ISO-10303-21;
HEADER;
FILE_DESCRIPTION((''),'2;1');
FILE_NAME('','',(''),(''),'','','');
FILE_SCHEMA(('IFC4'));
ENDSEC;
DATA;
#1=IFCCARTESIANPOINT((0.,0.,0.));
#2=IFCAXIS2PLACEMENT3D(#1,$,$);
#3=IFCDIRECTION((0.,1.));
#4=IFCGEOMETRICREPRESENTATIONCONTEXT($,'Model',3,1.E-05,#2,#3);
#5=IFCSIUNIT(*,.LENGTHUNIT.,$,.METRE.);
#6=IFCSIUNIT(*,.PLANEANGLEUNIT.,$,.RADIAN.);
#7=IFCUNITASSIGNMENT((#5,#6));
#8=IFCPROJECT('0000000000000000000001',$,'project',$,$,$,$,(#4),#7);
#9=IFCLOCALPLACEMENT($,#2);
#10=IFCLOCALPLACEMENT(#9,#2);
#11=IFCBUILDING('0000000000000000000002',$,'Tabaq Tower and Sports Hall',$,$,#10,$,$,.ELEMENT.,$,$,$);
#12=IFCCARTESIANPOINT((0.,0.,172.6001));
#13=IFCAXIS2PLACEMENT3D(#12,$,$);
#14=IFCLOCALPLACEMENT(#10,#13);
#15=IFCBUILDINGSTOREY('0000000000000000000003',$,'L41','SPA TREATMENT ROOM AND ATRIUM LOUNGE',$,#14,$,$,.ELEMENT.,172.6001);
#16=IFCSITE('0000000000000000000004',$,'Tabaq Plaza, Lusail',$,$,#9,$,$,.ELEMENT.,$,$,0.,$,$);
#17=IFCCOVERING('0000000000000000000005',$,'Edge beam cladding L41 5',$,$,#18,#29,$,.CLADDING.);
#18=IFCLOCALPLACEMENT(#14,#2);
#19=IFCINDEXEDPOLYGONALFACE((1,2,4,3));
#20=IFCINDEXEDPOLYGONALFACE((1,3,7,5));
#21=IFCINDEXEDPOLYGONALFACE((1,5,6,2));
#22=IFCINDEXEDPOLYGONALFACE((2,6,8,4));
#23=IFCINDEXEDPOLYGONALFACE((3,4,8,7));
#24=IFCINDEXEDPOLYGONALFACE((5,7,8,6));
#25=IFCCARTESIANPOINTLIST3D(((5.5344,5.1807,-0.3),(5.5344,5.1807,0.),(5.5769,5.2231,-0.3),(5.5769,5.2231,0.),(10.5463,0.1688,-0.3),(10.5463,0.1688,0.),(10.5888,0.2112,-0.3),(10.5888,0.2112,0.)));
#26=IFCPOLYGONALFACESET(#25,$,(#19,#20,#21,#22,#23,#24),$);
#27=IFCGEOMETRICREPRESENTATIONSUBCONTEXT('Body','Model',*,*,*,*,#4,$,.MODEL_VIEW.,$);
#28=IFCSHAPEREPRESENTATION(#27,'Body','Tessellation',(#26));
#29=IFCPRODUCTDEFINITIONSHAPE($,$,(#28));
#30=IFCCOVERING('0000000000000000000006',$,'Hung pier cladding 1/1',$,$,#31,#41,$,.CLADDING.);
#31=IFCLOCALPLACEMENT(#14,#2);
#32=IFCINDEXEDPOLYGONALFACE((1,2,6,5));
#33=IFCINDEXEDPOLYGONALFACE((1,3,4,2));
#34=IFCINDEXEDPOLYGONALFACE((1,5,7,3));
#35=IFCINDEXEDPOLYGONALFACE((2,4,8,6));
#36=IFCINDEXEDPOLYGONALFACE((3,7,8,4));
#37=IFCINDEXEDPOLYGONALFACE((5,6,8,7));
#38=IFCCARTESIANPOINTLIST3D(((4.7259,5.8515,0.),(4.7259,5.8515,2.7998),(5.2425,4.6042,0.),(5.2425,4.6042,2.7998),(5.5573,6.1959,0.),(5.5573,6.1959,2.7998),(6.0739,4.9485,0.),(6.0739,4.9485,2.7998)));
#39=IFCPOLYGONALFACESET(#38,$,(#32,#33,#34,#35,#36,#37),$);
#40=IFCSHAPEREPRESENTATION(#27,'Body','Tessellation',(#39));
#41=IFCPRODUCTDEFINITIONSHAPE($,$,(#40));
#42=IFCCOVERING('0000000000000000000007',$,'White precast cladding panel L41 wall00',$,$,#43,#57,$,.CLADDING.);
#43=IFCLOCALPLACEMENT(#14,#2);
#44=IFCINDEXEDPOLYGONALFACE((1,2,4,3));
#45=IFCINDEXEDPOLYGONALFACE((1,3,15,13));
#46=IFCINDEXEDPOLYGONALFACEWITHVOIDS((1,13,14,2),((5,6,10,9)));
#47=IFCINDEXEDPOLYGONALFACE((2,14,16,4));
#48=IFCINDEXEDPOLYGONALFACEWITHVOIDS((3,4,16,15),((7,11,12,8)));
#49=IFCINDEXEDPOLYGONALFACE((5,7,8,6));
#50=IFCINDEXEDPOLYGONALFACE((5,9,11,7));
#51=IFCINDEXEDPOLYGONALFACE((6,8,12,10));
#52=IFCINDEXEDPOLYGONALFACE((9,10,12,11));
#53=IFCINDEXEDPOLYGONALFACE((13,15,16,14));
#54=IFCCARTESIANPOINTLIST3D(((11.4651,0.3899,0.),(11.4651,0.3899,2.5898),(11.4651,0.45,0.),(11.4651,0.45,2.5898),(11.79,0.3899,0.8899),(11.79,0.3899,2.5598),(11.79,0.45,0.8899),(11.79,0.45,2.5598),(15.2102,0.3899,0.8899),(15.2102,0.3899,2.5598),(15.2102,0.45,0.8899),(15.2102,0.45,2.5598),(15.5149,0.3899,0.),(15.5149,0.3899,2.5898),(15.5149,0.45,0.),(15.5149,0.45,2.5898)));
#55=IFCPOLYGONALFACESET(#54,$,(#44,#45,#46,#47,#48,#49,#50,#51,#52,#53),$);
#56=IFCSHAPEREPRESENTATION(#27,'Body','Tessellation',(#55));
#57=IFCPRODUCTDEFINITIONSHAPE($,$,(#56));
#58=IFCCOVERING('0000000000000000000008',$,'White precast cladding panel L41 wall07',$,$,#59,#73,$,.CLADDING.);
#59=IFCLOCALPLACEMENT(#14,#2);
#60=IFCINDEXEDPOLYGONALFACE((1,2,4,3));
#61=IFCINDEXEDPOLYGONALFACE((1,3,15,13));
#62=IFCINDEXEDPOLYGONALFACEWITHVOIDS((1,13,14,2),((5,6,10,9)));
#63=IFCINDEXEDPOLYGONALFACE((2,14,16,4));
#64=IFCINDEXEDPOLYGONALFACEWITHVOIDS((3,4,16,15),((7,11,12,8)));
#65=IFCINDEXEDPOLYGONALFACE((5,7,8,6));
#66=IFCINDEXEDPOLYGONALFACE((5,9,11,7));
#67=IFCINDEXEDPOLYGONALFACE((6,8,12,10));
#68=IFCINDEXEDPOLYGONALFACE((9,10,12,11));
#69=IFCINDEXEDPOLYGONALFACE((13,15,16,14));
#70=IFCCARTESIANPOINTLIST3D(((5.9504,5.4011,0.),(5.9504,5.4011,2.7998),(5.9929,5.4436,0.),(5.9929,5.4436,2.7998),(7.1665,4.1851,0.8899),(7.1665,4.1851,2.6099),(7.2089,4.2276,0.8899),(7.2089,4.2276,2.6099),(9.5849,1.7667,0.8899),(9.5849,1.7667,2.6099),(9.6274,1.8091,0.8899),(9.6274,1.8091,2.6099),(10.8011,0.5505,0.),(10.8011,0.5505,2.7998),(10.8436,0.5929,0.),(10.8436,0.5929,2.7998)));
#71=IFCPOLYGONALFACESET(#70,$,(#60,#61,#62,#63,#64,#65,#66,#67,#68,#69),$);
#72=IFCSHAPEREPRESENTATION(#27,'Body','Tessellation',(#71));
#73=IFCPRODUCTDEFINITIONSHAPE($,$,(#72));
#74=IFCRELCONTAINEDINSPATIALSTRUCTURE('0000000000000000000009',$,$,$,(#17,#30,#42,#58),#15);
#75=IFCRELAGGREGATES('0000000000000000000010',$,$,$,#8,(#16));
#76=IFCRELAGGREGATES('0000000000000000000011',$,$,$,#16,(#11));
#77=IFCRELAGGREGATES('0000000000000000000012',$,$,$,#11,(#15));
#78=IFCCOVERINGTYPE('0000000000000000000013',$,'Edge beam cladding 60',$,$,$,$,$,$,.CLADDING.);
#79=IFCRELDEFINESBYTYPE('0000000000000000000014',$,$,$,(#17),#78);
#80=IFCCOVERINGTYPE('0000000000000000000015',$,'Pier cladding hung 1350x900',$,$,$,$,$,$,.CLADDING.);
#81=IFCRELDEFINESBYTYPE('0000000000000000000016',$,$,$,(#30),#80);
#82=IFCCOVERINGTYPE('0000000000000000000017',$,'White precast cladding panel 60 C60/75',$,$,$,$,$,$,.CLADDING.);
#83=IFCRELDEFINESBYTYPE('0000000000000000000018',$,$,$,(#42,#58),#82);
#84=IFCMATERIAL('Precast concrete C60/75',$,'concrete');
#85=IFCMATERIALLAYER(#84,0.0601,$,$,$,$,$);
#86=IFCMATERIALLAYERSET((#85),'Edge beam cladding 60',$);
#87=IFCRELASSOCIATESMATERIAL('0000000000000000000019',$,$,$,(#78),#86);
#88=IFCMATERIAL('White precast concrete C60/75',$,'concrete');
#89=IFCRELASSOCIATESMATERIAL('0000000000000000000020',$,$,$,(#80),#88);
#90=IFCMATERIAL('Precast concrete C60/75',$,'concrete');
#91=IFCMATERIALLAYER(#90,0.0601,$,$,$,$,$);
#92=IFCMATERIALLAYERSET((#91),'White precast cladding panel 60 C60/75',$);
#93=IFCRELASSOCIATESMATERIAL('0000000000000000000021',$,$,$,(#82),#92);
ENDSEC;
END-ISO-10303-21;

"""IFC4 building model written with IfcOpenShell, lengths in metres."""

from ifc_helpers import new_model, si_unit, direction, frame, frame_2d, origin, place, context, subcontext, project, spatial, polyline, rectangle, outline, extrude, material, layer, layer_set, type_object, element, save


model = new_model("IFC4")

# Units and contexts
model_context = context("Model", 3, precision=1e-05, world=origin(), true_north=direction((0.0, 1.0)))
body_context = subcontext(model_context, "Body", "Model", "MODEL_VIEW")
ifc_project = project(units=[si_unit("LENGTHUNIT", "METRE"), si_unit("PLANEANGLEUNIT", "RADIAN")], contexts=[model_context])

# Site, building, storey
site_placement = place(None, origin())
site = spatial("IfcSite", under=ifc_project, at=site_placement, Name="Tabaq Plaza, Lusail", CompositionType="ELEMENT", RefElevation=0.0)
building_placement = place(site_placement, origin())
building = spatial("IfcBuilding", under=site, at=building_placement, Name="Tabaq Tower and Sports Hall", CompositionType="ELEMENT")
storey_placement = place(building_placement, frame((0.0, 0.0, 172.6001)))
storey = spatial("IfcBuildingStorey", under=building, at=storey_placement, Name="L41", Description="SPA TREATMENT ROOM AND ATRIUM LOUNGE", CompositionType="ELEMENT", Elevation=172.6001)

# Coverings
ifc_material_1 = material(Name="Precast concrete C60/75", Category="concrete")
ifc_layer_1 = layer(ifc_material_1, 0.0601)
ifc_layer_set_1 = layer_set([ifc_layer_1], Name="Edge beam cladding 60")
covering_type_1 = type_object("IfcCoveringType", Name="Edge beam cladding 60", PredefinedType="CLADDING", material=ifc_layer_set_1)
covering_1_placement = place(storey_placement, frame((5.5557, 5.2019, -0.3), z_axis=(0.0, 0.0, 1.0), x_axis=(0.707107, -0.707107, 0.0)))
element("IfcCovering", 1, at=covering_1_placement, inside=storey, type_object=covering_type_1, Name="Edge beam cladding L41 5", PredefinedType="CLADDING", context=body_context, shape_type="SweptSolid", body=[
    extrude(rectangle(XDim=7.0879, YDim=0.0601, at=frame_2d((3.5439, 0.0))), origin(), (0.0, 0.0, 1.0), 0.3),
])
ifc_material_2 = material(Name="White precast concrete C60/75", Category="concrete")
covering_type_2 = type_object("IfcCoveringType", Name="Pier cladding hung 1350x900", PredefinedType="CLADDING", material=ifc_material_2)
covering_2_placement = place(storey_placement, frame((5.1416, 6.0237, 0.0), z_axis=(0.0, 0.0, 1.0), x_axis=(0.38265, -0.923893, 0.0)))
element("IfcCovering", 2, at=covering_2_placement, inside=storey, type_object=covering_type_2, Name="Hung pier cladding 1/1", PredefinedType="CLADDING", context=body_context, shape_type="SweptSolid", body=[
    extrude(rectangle(XDim=1.3501, YDim=0.8999, at=frame_2d((0.675, 0.0))), origin(), (0.0, 0.0, 1.0), 2.7998),
])
ifc_material_3 = material(Name="Precast concrete C60/75", Category="concrete")
ifc_layer_2 = layer(ifc_material_3, 0.0601)
ifc_layer_set_2 = layer_set([ifc_layer_2], Name="White precast cladding panel 60 C60/75")
covering_type_3 = type_object("IfcCoveringType", Name="White precast cladding panel 60 C60/75", PredefinedType="CLADDING", material=ifc_layer_set_2)
covering_3_placement = place(storey_placement, frame((11.4651, 0.4199, 0.0), z_axis=(0.0, 0.0, 1.0), x_axis=(1.0, 0.0, 0.0)))
element("IfcCovering", 3, at=covering_3_placement, inside=storey, type_object=covering_type_3, Name="White precast cladding panel L41 wall00", PredefinedType="CLADDING", context=body_context, shape_type="SweptSolid", body=[
    extrude(outline(polyline([(0.0, 0.0), (4.0498, 0.0), (4.0498, 2.5898), (0.0, 2.5898), (0.0, 0.0)]), holes=[polyline([(3.7451, 0.8899), (0.325, 0.8899), (0.325, 2.5598), (3.7451, 2.5598), (3.7451, 0.8899)])]), frame((0.0, 0.03, 0.0), z_axis=(0.0, -1.0, 0.0), x_axis=(1.0, 0.0, 0.0)), (0.0, 0.0, 1.0), 0.0601),
])
covering_4_placement = place(storey_placement, frame((5.9717, 5.4224, 0.0), z_axis=(0.0, 0.0, 1.0), x_axis=(0.707107, -0.707107, 0.0)))
element("IfcCovering", 4, at=covering_4_placement, inside=storey, type_object=covering_type_3, Name="White precast cladding panel L41 wall07", PredefinedType="CLADDING", context=body_context, shape_type="SweptSolid", body=[
    extrude(outline(polyline([(0.0, 0.0), (6.8599, 0.0), (6.8599, 2.7998), (0.0, 2.7998), (0.0, 0.0)]), holes=[polyline([(1.7197, 0.8899), (1.7197, 2.6099), (5.1399, 2.6099), (5.1399, 0.8899), (1.7197, 0.8899)])]), frame((0.0, 0.03, 0.0), z_axis=(0.0, -1.0, 0.0), x_axis=(1.0, 0.0, 0.0)), (0.0, 0.0, 1.0), 0.0601),
])

save(model, "model.ifc")
